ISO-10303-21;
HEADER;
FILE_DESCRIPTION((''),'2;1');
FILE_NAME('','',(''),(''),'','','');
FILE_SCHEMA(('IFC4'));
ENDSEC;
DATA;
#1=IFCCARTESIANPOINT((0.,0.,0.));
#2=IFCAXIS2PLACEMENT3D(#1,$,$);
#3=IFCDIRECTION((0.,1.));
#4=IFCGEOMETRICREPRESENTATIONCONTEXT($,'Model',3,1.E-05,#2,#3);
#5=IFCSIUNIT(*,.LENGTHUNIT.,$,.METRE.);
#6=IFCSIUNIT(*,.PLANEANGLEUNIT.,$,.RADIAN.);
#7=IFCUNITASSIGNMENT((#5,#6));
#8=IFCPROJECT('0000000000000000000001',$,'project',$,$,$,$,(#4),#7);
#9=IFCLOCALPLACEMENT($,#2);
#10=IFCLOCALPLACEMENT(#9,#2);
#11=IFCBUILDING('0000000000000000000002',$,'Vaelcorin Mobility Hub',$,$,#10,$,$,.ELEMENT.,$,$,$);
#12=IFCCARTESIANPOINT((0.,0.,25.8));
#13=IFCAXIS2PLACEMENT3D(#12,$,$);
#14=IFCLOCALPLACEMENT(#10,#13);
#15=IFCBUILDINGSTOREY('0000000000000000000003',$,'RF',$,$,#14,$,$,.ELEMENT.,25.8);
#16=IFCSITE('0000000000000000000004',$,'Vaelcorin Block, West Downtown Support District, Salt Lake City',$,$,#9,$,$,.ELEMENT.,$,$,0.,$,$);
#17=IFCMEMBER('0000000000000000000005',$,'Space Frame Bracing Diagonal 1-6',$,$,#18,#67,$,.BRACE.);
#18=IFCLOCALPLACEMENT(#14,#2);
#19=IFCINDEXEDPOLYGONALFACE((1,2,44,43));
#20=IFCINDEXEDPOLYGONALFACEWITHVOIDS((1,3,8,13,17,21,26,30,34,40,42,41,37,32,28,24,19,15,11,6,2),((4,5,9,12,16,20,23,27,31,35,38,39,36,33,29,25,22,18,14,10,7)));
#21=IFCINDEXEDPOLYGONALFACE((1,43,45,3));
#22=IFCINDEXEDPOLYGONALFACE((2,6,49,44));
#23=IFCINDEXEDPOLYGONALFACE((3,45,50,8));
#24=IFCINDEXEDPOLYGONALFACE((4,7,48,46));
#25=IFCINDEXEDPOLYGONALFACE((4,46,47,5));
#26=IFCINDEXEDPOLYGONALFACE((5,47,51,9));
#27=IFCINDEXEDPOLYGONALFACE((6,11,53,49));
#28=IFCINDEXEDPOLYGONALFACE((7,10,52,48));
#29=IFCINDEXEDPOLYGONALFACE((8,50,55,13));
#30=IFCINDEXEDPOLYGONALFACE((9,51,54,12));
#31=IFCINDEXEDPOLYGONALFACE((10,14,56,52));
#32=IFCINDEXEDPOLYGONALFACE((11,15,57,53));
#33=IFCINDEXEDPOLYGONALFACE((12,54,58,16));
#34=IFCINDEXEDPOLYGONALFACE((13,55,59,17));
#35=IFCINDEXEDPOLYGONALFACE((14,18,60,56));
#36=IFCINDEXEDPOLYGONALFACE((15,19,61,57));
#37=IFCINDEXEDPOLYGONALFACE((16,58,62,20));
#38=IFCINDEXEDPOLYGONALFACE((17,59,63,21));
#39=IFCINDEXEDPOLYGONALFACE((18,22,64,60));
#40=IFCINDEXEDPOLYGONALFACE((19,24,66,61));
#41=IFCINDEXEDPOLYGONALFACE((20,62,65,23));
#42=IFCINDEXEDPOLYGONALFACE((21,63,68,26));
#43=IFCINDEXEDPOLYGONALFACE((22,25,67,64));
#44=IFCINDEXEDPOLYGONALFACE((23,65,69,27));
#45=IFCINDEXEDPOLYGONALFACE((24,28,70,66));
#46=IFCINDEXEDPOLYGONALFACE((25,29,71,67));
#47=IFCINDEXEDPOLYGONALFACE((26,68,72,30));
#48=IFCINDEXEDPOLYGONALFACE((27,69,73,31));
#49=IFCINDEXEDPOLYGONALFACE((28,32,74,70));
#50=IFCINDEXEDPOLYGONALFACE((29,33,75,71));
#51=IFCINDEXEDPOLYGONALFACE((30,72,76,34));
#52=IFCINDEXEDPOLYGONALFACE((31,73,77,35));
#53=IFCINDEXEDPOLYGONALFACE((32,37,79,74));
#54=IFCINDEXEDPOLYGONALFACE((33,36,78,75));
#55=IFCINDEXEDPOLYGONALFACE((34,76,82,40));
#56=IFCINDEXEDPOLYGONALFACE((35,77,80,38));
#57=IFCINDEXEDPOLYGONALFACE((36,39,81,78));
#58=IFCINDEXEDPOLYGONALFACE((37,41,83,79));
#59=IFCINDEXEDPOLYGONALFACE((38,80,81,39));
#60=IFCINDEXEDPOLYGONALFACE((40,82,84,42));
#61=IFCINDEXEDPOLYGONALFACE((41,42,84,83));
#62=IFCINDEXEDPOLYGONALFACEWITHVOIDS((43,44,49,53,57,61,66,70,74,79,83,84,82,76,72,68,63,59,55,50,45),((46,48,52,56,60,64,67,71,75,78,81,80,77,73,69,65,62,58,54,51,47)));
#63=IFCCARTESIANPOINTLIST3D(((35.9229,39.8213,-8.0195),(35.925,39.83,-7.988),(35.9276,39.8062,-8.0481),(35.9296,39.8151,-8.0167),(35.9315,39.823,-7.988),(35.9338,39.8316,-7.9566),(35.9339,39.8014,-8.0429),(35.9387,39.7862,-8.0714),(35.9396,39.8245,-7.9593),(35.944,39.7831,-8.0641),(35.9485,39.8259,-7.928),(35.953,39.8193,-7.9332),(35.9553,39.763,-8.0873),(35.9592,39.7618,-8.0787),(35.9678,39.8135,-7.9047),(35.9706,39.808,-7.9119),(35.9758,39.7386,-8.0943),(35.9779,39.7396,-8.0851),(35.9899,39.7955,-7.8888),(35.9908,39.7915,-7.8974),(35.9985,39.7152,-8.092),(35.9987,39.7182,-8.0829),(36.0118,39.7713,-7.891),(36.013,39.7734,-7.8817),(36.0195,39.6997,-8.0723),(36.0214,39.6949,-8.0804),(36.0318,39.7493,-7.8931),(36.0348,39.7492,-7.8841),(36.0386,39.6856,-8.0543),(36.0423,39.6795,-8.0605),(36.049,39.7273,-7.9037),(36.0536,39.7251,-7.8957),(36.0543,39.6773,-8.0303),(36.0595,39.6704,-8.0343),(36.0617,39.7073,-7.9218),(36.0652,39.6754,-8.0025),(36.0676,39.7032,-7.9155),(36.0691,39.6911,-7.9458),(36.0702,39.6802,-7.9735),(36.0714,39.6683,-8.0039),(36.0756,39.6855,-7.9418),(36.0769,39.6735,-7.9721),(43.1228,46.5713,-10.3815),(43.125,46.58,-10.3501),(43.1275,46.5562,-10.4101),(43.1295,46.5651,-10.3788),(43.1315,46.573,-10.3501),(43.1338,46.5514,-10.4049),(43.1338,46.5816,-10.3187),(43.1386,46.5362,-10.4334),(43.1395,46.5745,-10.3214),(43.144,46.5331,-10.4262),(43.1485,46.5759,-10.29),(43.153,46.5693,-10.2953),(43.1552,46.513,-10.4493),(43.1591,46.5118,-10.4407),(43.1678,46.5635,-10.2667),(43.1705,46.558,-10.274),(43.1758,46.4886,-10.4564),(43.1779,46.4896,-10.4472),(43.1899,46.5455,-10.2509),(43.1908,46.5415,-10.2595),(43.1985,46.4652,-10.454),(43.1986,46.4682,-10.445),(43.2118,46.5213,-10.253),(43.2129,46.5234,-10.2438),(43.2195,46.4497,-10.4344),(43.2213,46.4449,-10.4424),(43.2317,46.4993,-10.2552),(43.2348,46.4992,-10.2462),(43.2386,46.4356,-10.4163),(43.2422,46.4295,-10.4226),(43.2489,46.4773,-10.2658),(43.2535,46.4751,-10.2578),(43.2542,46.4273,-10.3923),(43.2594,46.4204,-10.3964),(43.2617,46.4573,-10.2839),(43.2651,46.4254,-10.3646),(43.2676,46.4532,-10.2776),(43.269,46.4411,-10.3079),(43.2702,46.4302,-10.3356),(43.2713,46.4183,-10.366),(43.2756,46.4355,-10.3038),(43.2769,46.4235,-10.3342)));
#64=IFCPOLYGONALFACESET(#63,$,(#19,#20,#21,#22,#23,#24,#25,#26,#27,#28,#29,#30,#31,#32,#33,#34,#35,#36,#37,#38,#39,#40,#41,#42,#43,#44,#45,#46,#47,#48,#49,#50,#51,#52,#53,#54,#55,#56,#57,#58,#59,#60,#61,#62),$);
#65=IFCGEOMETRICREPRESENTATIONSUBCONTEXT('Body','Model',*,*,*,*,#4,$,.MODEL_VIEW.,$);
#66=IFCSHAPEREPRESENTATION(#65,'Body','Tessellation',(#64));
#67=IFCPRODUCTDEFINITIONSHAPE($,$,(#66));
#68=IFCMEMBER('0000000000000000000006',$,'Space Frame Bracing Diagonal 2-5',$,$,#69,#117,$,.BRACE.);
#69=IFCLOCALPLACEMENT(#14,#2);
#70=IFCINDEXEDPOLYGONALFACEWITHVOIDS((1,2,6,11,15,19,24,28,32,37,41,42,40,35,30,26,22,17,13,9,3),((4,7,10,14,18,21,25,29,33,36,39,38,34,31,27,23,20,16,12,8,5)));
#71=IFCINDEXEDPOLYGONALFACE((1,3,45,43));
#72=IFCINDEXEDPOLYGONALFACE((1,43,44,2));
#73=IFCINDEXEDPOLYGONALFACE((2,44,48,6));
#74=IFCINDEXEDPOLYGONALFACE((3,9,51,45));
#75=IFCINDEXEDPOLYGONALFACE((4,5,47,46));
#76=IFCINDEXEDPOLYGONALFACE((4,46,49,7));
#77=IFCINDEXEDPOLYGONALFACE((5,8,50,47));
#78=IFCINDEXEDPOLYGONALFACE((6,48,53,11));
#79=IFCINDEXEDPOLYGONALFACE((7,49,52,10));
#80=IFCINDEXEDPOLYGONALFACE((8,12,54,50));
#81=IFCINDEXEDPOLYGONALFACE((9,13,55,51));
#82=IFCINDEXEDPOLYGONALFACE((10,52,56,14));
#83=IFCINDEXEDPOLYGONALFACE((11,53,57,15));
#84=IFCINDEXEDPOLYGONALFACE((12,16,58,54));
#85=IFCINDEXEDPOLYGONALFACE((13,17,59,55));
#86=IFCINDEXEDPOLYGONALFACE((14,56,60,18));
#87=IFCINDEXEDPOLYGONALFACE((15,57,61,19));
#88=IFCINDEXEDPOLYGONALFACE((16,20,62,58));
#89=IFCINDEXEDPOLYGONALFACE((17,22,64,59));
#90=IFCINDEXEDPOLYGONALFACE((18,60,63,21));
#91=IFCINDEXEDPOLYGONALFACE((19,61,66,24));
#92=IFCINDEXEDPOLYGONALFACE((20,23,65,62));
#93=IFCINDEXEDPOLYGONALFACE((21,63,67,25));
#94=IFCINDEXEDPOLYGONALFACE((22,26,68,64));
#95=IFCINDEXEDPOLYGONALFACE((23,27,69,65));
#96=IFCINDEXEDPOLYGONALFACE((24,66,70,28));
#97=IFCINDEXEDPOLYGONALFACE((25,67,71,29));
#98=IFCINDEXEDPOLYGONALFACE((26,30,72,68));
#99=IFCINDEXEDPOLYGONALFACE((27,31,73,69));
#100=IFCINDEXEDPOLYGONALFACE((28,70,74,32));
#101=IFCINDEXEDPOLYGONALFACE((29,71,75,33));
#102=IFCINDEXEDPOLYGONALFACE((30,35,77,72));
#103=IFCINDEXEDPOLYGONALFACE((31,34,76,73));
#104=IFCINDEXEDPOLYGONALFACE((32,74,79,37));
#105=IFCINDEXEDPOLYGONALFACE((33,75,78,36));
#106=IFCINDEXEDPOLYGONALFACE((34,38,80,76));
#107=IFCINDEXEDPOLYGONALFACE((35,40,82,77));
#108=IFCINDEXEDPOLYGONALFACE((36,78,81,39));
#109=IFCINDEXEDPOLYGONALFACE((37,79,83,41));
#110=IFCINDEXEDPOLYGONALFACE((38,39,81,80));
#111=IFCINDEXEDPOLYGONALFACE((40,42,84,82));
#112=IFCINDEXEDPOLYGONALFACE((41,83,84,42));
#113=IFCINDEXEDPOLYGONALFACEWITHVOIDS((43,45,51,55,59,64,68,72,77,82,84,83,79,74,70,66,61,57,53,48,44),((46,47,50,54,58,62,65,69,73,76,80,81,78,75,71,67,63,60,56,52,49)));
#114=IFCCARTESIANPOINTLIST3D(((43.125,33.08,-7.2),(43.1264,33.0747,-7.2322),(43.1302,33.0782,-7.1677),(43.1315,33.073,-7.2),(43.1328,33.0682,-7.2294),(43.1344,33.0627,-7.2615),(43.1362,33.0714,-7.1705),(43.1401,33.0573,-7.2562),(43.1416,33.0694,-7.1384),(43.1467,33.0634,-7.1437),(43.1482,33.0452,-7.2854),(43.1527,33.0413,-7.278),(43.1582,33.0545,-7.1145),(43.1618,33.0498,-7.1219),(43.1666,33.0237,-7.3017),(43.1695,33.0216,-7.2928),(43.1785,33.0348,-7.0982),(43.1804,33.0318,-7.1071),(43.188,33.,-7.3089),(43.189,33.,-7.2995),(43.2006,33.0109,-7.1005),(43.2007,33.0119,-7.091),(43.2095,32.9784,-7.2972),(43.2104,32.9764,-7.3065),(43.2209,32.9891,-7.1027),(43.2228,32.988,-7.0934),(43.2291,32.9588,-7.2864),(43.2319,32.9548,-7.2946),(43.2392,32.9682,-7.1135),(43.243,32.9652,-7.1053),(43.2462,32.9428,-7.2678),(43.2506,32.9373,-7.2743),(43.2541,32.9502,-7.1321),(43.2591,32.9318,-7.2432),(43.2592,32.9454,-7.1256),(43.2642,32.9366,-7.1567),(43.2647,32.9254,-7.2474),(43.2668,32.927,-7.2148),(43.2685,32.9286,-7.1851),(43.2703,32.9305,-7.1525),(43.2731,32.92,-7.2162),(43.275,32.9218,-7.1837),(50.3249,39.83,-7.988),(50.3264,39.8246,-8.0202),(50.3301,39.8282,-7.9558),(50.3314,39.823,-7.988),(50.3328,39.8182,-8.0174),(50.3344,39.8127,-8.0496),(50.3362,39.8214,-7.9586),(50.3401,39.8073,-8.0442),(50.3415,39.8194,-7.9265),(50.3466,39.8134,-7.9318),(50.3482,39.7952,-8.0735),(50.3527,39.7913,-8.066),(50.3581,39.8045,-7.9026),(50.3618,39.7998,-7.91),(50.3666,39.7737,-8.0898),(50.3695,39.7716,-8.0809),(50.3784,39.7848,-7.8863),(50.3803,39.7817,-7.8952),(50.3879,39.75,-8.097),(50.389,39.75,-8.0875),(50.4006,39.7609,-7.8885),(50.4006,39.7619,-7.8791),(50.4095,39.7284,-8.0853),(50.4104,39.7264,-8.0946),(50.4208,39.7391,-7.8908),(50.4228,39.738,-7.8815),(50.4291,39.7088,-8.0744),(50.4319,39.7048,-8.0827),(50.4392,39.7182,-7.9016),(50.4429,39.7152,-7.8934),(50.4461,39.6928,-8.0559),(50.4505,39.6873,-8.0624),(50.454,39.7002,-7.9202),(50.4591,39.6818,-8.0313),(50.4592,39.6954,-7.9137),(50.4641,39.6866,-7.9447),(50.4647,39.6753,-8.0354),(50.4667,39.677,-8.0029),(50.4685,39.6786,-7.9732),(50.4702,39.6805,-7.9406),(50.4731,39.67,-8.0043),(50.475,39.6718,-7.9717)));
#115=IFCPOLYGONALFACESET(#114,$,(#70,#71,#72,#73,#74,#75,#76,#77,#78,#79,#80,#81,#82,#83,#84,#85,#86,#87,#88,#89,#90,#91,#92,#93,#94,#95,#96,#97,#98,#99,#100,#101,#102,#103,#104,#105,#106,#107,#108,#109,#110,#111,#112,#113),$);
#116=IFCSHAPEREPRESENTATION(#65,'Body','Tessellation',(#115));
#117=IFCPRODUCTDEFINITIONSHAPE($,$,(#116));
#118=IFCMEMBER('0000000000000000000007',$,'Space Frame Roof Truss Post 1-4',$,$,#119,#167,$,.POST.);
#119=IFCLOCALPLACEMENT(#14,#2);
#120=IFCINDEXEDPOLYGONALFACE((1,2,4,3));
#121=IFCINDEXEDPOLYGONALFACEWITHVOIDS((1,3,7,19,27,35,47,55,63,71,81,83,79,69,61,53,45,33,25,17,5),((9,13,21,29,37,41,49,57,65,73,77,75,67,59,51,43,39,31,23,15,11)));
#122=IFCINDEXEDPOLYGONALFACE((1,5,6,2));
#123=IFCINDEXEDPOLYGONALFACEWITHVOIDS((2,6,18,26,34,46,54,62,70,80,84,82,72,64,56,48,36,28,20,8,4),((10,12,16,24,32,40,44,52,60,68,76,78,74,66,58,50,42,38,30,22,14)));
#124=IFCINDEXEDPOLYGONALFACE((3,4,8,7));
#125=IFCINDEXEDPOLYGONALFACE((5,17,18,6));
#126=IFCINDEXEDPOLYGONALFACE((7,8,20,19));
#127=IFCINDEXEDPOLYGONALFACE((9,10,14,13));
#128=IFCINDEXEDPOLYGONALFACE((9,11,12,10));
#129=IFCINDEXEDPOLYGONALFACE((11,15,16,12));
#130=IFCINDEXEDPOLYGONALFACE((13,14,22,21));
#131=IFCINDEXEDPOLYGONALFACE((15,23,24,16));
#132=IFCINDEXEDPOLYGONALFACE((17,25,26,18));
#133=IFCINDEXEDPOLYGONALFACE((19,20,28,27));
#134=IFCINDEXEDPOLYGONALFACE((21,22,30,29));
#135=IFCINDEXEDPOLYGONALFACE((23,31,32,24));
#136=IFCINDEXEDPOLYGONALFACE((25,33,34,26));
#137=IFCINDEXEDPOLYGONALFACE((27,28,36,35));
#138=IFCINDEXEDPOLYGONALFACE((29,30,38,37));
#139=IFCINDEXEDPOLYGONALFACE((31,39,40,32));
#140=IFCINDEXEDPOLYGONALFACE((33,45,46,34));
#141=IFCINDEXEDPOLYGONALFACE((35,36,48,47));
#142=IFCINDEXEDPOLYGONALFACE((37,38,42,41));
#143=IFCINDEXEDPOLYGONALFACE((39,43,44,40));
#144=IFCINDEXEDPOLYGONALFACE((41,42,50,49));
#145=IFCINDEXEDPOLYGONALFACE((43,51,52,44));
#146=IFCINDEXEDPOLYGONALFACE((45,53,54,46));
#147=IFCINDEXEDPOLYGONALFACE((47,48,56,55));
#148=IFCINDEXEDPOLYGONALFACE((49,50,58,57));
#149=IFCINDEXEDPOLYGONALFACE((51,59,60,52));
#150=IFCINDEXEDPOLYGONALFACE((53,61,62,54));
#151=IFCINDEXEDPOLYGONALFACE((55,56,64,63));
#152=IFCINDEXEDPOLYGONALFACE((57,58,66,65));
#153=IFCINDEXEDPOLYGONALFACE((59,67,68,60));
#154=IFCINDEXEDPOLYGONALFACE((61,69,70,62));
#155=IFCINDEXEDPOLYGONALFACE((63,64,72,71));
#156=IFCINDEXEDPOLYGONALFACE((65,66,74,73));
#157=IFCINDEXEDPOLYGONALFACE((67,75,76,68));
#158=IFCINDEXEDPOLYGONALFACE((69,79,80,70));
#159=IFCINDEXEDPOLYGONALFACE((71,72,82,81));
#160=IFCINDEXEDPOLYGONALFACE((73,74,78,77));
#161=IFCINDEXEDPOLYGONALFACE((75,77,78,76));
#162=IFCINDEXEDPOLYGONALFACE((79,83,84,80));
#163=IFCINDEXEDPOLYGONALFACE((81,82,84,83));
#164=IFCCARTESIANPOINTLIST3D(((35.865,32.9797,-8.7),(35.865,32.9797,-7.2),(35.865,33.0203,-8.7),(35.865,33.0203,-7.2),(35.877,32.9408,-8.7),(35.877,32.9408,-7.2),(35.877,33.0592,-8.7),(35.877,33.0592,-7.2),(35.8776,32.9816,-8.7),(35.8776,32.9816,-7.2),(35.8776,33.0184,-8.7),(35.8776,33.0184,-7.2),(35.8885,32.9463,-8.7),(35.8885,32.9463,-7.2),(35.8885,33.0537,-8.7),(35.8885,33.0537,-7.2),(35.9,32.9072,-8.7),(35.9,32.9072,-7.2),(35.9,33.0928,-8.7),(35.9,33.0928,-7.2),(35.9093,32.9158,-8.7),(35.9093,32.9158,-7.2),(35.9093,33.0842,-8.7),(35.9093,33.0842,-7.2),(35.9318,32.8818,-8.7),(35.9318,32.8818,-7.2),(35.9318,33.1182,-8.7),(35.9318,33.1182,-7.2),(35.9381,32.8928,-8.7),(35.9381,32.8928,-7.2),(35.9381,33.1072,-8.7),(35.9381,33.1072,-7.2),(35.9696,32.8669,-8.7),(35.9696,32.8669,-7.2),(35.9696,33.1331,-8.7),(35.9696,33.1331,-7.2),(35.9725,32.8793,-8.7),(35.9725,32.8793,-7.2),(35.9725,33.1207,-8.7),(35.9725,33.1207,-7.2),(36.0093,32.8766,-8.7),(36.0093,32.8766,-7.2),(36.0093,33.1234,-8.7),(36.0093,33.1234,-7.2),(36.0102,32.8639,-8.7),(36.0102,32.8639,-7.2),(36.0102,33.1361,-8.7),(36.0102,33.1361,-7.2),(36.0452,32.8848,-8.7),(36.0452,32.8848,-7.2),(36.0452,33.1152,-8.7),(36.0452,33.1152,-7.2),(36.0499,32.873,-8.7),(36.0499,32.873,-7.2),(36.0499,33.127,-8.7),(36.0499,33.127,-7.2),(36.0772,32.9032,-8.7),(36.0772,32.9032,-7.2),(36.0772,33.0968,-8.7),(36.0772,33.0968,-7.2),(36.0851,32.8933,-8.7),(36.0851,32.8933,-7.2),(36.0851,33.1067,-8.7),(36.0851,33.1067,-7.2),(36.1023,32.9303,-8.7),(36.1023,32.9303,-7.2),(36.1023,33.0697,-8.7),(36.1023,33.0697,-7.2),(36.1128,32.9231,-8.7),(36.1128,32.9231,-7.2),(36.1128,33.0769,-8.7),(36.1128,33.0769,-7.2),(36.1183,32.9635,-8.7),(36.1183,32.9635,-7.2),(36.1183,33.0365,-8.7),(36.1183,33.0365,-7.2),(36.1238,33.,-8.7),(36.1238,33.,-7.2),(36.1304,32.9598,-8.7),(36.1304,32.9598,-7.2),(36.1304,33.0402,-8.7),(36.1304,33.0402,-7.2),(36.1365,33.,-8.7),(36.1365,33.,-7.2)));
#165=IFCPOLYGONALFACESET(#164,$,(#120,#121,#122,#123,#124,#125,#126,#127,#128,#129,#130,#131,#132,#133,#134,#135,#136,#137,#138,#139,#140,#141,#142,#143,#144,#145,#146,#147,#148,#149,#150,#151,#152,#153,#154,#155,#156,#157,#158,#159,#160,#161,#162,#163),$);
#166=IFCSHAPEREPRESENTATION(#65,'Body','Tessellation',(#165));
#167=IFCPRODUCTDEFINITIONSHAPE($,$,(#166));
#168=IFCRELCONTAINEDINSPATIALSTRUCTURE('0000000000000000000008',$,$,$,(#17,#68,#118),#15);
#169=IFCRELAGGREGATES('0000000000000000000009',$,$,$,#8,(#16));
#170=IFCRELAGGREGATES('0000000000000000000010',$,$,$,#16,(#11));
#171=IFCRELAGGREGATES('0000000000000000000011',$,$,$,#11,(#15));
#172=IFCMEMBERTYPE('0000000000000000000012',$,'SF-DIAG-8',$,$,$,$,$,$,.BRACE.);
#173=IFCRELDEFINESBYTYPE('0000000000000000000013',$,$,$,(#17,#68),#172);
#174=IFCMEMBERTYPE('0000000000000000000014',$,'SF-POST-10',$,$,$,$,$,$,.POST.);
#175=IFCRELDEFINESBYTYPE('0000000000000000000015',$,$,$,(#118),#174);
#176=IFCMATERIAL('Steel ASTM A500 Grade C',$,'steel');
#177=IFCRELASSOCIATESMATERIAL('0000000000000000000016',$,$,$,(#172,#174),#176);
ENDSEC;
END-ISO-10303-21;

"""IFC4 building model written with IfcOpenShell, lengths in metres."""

from ifc_helpers import new_model, si_unit, direction, frame, origin, origin_2d, place, context, subcontext, project, spatial, hollow_circle, extrude, material, material_profile, profile_set, type_object, element, save


model = new_model("IFC4")

# Units and contexts
model_context = context("Model", 3, precision=1e-05, world=origin(), true_north=direction((0.0, 1.0)))
body_context = subcontext(model_context, "Body", "Model", "MODEL_VIEW")
ifc_project = project(units=[si_unit("LENGTHUNIT", "METRE"), si_unit("PLANEANGLEUNIT", "RADIAN")], contexts=[model_context])

# Site, building, storey
site_placement = place(None, origin())
site = spatial("IfcSite", under=ifc_project, at=site_placement, Name="Vaelcorin Block, West Downtown Support District, Salt Lake City", CompositionType="ELEMENT", RefElevation=0.0)
building_placement = place(site_placement, origin())
building = spatial("IfcBuilding", under=site, at=building_placement, Name="Vaelcorin Mobility Hub", CompositionType="ELEMENT")
storey_placement = place(building_placement, frame((0.0, 0.0, 25.8)))
storey = spatial("IfcBuildingStorey", under=building, at=storey_placement, Name="RF", CompositionType="ELEMENT", Elevation=25.8)

# Members
ifc_material_1 = material(Name="Steel ASTM A500 Grade C", Category="steel")
ifc_material_profile_1 = material_profile(ifc_material_1, hollow_circle(Radius=0.1096, WallThickness=0.0095, at=origin_2d()), Name="HSS8.625X0.375")
ifc_profile_set_1 = profile_set([ifc_material_profile_1], Name="Steel ASTM A500 Grade C")
member_type_1 = type_object("IfcMemberType", Name="SF-DIAG-8", PredefinedType="BRACE", material=ifc_profile_set_1)
member_1_placement = place(storey_placement, frame((36.0, 39.75, -7.988), z_axis=(0.709497, 0.665158, -0.232762), x_axis=(-0.683944, 0.729535, 0.0)))
element("IfcMember", 1, at=member_1_placement, inside=storey, type_object=member_type_1, Name="Space Frame Bracing Diagonal 1-6", PredefinedType="BRACE", context=body_context, shape_type="SweptSolid", body=[
    extrude(hollow_circle(Radius=0.1096, WallThickness=0.0095, at=origin_2d()), origin(), (0.0, 0.0, 1.0), 10.1479),
])
member_2_placement = place(storey_placement, frame((43.2, 33.0, -7.2), z_axis=(0.72722, 0.681773, -0.079599), x_axis=(-0.683944, 0.729535, 0.0)))
element("IfcMember", 2, at=member_2_placement, inside=storey, type_object=member_type_1, Name="Space Frame Bracing Diagonal 2-5", PredefinedType="BRACE", context=body_context, shape_type="SweptSolid", body=[
    extrude(hollow_circle(Radius=0.1096, WallThickness=0.0095, at=origin_2d()), origin(), (0.0, 0.0, 1.0), 9.9006),
])
ifc_material_profile_2 = material_profile(ifc_material_1, hollow_circle(Radius=0.1365, WallThickness=0.0127, at=origin_2d()), Name="HSS10.750X0.500")
ifc_profile_set_2 = profile_set([ifc_material_profile_2], Name="Steel ASTM A500 Grade C")
member_type_2 = type_object("IfcMemberType", Name="SF-POST-10", PredefinedType="POST", material=ifc_profile_set_2)
for number, where, z_axis, x_axis, name in (
    (3, (36.0, 33.0, -8.7), (0.0, 0.0, 1.0), (1.0, 0.0, 0.0), "Space Frame Roof Truss Post 1-4"),
):
    element("IfcMember", number, at=place(storey_placement, frame(where, z_axis=z_axis, x_axis=x_axis)), inside=storey, type_object=member_type_2, Name=name, PredefinedType="POST", context=body_context, shape_type="SweptSolid", body=[
        extrude(hollow_circle(Radius=0.1365, WallThickness=0.0127, at=origin_2d()), origin(), (0.0, 0.0, 1.0), 1.5),
    ])

save(model, "model.ifc")
